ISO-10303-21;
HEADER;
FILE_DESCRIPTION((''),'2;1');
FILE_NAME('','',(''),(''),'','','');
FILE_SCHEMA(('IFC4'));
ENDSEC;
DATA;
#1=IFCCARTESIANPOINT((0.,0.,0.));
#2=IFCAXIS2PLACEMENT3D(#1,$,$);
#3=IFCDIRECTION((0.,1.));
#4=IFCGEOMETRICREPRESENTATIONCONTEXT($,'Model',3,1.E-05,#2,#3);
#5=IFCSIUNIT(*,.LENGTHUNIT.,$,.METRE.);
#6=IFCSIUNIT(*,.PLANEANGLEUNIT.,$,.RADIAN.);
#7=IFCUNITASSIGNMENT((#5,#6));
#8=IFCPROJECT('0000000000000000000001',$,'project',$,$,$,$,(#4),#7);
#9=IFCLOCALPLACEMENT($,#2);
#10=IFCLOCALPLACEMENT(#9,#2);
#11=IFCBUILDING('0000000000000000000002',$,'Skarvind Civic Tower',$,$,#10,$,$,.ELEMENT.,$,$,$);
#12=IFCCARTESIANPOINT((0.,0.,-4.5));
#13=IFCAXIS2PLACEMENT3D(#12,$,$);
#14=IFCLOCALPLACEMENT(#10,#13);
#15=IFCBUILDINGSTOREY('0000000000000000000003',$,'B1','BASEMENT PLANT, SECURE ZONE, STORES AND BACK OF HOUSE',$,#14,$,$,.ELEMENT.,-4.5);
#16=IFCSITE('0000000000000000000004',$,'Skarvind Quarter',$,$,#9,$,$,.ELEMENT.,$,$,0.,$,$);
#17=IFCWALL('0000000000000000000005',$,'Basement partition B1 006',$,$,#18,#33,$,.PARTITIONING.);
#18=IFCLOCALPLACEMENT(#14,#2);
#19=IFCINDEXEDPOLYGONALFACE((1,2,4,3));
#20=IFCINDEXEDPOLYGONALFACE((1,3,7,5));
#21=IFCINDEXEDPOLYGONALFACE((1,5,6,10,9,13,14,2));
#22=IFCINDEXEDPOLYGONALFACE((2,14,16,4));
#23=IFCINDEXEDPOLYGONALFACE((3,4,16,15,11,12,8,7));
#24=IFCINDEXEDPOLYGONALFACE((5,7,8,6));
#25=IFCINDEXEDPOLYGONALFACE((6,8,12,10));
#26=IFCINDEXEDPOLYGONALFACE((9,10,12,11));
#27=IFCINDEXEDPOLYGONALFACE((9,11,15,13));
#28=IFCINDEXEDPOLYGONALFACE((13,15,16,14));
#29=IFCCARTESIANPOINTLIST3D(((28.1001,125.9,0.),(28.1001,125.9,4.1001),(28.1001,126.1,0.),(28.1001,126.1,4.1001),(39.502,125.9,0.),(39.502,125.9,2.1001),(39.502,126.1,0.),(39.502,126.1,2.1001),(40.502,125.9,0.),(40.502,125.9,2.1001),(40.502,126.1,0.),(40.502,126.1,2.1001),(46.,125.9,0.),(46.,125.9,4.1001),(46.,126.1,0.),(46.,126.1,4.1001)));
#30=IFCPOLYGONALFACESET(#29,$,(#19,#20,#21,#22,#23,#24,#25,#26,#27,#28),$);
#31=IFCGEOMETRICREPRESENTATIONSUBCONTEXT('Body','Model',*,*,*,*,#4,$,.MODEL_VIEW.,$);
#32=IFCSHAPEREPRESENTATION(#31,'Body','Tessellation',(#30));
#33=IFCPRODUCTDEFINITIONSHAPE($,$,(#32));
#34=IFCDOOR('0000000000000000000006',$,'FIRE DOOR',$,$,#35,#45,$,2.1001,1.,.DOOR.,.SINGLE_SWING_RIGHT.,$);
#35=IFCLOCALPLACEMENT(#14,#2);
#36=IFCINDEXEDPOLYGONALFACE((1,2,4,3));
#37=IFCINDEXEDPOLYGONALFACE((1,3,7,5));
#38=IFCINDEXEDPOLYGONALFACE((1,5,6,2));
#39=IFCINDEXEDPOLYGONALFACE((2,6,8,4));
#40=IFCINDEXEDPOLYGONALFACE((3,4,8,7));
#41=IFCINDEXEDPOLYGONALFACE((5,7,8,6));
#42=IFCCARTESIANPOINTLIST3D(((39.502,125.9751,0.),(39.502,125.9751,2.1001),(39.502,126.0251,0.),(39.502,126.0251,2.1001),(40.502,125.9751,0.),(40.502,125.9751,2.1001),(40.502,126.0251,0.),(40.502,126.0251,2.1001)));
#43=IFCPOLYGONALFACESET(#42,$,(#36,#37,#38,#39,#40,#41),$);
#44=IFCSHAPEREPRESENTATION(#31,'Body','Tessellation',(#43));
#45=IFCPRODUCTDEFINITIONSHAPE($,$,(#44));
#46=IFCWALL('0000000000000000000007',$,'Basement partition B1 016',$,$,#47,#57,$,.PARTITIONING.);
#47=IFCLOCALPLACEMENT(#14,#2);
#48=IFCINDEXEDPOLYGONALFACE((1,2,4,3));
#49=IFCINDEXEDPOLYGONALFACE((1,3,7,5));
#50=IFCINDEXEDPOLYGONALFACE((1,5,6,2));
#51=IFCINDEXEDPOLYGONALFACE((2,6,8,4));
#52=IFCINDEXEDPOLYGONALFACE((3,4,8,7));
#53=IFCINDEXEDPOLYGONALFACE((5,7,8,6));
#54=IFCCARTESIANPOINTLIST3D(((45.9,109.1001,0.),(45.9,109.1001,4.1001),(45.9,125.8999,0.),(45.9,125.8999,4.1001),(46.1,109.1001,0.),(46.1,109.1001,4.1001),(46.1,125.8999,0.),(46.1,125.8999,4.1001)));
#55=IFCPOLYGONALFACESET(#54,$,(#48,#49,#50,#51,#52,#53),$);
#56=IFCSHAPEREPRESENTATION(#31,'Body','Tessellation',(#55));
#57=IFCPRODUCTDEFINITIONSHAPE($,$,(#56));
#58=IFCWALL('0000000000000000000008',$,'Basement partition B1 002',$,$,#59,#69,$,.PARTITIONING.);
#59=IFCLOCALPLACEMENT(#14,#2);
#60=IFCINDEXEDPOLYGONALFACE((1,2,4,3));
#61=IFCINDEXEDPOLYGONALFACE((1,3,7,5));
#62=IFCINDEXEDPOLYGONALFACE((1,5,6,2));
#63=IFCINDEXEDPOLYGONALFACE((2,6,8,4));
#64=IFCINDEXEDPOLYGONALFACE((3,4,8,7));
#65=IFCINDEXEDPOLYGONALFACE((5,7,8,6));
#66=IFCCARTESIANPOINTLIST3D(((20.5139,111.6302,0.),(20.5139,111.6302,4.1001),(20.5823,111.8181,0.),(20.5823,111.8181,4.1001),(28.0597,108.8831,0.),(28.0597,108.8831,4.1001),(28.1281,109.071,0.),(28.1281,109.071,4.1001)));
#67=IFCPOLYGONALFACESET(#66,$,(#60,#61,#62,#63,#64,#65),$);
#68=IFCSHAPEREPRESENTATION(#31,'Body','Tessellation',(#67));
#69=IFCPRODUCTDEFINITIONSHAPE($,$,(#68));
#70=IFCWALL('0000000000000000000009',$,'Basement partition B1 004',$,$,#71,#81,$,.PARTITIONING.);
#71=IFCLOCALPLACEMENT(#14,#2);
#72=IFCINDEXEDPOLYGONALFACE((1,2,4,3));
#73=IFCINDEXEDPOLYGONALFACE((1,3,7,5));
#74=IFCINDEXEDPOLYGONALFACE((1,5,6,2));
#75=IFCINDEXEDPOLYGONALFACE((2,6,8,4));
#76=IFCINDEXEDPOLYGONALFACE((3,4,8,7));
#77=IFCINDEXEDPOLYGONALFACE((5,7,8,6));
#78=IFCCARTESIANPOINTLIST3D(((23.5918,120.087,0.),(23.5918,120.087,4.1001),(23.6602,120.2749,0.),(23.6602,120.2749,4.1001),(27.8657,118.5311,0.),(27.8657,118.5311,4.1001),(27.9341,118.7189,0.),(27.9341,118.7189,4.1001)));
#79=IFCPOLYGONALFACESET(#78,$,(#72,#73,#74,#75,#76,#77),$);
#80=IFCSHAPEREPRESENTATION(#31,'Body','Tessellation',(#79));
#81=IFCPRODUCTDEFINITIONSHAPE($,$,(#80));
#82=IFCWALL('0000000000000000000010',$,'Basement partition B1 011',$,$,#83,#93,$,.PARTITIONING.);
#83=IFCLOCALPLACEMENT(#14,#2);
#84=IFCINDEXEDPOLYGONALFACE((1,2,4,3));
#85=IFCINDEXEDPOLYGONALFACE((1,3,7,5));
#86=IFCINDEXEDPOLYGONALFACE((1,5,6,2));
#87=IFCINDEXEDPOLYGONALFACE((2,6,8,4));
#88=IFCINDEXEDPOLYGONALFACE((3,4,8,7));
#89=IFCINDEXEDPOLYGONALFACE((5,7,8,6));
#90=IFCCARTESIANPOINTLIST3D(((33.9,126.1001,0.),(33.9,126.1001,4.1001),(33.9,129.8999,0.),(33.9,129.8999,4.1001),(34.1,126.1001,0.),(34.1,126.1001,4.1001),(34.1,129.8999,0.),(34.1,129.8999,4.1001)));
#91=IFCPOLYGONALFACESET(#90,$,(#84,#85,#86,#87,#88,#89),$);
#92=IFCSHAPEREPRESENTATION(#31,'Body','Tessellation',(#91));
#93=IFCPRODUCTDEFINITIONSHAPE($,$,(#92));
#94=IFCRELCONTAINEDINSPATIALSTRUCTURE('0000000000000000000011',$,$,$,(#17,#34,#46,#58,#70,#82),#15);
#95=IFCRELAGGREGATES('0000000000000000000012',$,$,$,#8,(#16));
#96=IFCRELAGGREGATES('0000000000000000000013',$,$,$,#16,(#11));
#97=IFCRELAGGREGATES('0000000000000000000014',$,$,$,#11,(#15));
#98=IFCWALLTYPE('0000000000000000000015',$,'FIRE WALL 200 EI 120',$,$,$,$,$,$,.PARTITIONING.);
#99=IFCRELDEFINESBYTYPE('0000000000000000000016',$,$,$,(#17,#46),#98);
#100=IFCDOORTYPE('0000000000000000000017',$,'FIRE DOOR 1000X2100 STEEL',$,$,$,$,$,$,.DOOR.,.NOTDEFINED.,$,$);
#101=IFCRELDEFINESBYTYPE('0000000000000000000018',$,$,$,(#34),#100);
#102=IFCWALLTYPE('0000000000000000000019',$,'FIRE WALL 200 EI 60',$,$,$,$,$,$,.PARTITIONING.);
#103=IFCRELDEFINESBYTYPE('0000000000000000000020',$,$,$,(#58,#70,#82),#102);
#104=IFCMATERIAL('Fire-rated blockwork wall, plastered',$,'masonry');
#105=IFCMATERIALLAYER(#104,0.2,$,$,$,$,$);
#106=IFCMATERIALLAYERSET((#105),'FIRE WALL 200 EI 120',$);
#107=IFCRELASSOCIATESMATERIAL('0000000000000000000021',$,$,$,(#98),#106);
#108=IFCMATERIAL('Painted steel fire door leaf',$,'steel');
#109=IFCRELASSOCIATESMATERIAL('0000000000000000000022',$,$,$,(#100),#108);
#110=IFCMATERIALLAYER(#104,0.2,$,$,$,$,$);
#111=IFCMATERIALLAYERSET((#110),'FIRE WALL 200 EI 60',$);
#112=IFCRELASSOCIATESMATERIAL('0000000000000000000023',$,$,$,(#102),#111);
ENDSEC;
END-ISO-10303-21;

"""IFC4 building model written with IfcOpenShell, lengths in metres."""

from ifc_helpers import new_model, si_unit, direction, frame, frame_2d, origin, place, context, subcontext, project, spatial, rectangle, extrude, material, layer, layer_set, type_object, element, fill, save


model = new_model("IFC4")

# Units and contexts
model_context = context("Model", 3, precision=1e-05, world=origin(), true_north=direction((0.0, 1.0)))
body_context = subcontext(model_context, "Body", "Model", "MODEL_VIEW")
ifc_project = project(units=[si_unit("LENGTHUNIT", "METRE"), si_unit("PLANEANGLEUNIT", "RADIAN")], contexts=[model_context])

# Site, building, storey
site_placement = place(None, origin())
site = spatial("IfcSite", under=ifc_project, at=site_placement, Name="Skarvind Quarter", CompositionType="ELEMENT", RefElevation=0.0)
building_placement = place(site_placement, origin())
building = spatial("IfcBuilding", under=site, at=building_placement, Name="Skarvind Civic Tower", CompositionType="ELEMENT")
storey_placement = place(building_placement, frame((0.0, 0.0, -4.5)))
storey = spatial("IfcBuildingStorey", under=building, at=storey_placement, Name="B1", Description="BASEMENT PLANT, SECURE ZONE, STORES AND BACK OF HOUSE", CompositionType="ELEMENT", Elevation=-4.5)

# Shared definitions
ifc_material_1 = material(Name="Fire-rated blockwork wall, plastered", Category="masonry")
ifc_layer_1 = layer(ifc_material_1, 0.2)
ifc_layer_set_1 = layer_set([ifc_layer_1], Name="FIRE WALL 200 EI 120")
wall_type_1 = type_object("IfcWallType", Name="FIRE WALL 200 EI 120", PredefinedType="PARTITIONING", material=ifc_layer_set_1)
ifc_material_2 = material(Name="Painted steel fire door leaf", Category="steel")
door_type = type_object("IfcDoorType", Name="FIRE DOOR 1000X2100 STEEL", OperationType="NOTDEFINED", PredefinedType="DOOR", material=ifc_material_2)

# Wall, opening, door
wall_1_placement = place(storey_placement, frame((46.0, 126.0, 0.0), z_axis=(0.0, 0.0, 1.0), x_axis=(-1.0, 0.0, 0.0)))
wall_1 = element("IfcWall", 1, at=wall_1_placement, inside=storey, type_object=wall_type_1, Name="Basement partition B1 006", PredefinedType="PARTITIONING", context=body_context, shape_type="SweptSolid", body=[
    extrude(rectangle(XDim=17.8999, YDim=0.2, at=frame_2d((8.95, 0.0))), origin(), (0.0, 0.0, 1.0), 4.1001),
])
opening_1_placement = place(wall_1_placement, frame((5.498, 0.0, 0.0)))
opening_1 = element("IfcOpeningElement", 2, at=opening_1_placement, cuts=wall_1, PredefinedType="OPENING", context=body_context, shape_type="SweptSolid", body=[
    extrude(rectangle(XDim=1.0, YDim=2.1001, at=frame_2d((0.5, 1.05))), frame((0.0, 0.1099, 0.0), z_axis=(0.0, -1.0, 0.0), x_axis=(1.0, 0.0, 0.0)), (0.0, 0.0, 1.0), 0.22),
])
door_1_placement = place(opening_1_placement, origin())
door_1 = element("IfcDoor", 3, at=door_1_placement, inside=storey, type_object=door_type, Name="FIRE DOOR", OperationType="SINGLE_SWING_RIGHT", OverallHeight=2.1001, OverallWidth=1.0, PredefinedType="DOOR", context=body_context, shape_type="SweptSolid", body=[
    extrude(rectangle(XDim=1.0, YDim=2.1001, at=frame_2d((0.5, 1.05))), frame((0.0, 0.0249, 0.0), z_axis=(0.0, -1.0, 0.0), x_axis=(1.0, 0.0, 0.0)), (0.0, 0.0, 1.0), 0.05),
])
fill(opening_1, door_1)

# Walls
wall_2_placement = place(storey_placement, frame((46.0, 109.1001, 0.0), z_axis=(0.0, 0.0, 1.0), x_axis=(0.0, 1.0, 0.0)))
element("IfcWall", 4, at=wall_2_placement, inside=storey, type_object=wall_type_1, Name="Basement partition B1 016", PredefinedType="PARTITIONING", context=body_context, shape_type="SweptSolid", body=[
    extrude(rectangle(XDim=16.7998, YDim=0.2, at=frame_2d((8.3999, 0.0))), origin(), (0.0, 0.0, 1.0), 4.1001),
])
ifc_layer_2 = layer(ifc_material_1, 0.2)
ifc_layer_set_2 = layer_set([ifc_layer_2], Name="FIRE WALL 200 EI 60")
wall_type_2 = type_object("IfcWallType", Name="FIRE WALL 200 EI 60", PredefinedType="PARTITIONING", material=ifc_layer_set_2)
wall_3_placement = place(storey_placement, frame((20.5481, 111.7241, 0.0), z_axis=(0.0, 0.0, 1.0), x_axis=(0.939669, -0.342085, 0.0)))
element("IfcWall", 5, at=wall_3_placement, inside=storey, type_object=wall_type_2, Name="Basement partition B1 002", PredefinedType="PARTITIONING", context=body_context, shape_type="SweptSolid", body=[
    extrude(rectangle(XDim=8.0303, YDim=0.2, at=frame_2d((4.0151, 0.0))), origin(), (0.0, 0.0, 1.0), 4.1001),
])
wall_4_placement = place(storey_placement, frame((23.626, 120.1809, 0.0), z_axis=(0.0, 0.0, 1.0), x_axis=(0.93967, -0.342084, 0.0)))
element("IfcWall", 6, at=wall_4_placement, inside=storey, type_object=wall_type_2, Name="Basement partition B1 004", PredefinedType="PARTITIONING", context=body_context, shape_type="SweptSolid", body=[
    extrude(rectangle(XDim=4.5483, YDim=0.2, at=frame_2d((2.2742, 0.0))), origin(), (0.0, 0.0, 1.0), 4.1001),
])
wall_5_placement = place(storey_placement, frame((34.0, 126.1001, 0.0), z_axis=(0.0, 0.0, 1.0), x_axis=(0.0, 1.0, 0.0)))
element("IfcWall", 7, at=wall_5_placement, inside=storey, type_object=wall_type_2, Name="Basement partition B1 011", PredefinedType="PARTITIONING", context=body_context, shape_type="SweptSolid", body=[
    extrude(rectangle(XDim=3.7998, YDim=0.2, at=frame_2d((1.8999, 0.0))), origin(), (0.0, 0.0, 1.0), 4.1001),
])

save(model, "model.ifc")
